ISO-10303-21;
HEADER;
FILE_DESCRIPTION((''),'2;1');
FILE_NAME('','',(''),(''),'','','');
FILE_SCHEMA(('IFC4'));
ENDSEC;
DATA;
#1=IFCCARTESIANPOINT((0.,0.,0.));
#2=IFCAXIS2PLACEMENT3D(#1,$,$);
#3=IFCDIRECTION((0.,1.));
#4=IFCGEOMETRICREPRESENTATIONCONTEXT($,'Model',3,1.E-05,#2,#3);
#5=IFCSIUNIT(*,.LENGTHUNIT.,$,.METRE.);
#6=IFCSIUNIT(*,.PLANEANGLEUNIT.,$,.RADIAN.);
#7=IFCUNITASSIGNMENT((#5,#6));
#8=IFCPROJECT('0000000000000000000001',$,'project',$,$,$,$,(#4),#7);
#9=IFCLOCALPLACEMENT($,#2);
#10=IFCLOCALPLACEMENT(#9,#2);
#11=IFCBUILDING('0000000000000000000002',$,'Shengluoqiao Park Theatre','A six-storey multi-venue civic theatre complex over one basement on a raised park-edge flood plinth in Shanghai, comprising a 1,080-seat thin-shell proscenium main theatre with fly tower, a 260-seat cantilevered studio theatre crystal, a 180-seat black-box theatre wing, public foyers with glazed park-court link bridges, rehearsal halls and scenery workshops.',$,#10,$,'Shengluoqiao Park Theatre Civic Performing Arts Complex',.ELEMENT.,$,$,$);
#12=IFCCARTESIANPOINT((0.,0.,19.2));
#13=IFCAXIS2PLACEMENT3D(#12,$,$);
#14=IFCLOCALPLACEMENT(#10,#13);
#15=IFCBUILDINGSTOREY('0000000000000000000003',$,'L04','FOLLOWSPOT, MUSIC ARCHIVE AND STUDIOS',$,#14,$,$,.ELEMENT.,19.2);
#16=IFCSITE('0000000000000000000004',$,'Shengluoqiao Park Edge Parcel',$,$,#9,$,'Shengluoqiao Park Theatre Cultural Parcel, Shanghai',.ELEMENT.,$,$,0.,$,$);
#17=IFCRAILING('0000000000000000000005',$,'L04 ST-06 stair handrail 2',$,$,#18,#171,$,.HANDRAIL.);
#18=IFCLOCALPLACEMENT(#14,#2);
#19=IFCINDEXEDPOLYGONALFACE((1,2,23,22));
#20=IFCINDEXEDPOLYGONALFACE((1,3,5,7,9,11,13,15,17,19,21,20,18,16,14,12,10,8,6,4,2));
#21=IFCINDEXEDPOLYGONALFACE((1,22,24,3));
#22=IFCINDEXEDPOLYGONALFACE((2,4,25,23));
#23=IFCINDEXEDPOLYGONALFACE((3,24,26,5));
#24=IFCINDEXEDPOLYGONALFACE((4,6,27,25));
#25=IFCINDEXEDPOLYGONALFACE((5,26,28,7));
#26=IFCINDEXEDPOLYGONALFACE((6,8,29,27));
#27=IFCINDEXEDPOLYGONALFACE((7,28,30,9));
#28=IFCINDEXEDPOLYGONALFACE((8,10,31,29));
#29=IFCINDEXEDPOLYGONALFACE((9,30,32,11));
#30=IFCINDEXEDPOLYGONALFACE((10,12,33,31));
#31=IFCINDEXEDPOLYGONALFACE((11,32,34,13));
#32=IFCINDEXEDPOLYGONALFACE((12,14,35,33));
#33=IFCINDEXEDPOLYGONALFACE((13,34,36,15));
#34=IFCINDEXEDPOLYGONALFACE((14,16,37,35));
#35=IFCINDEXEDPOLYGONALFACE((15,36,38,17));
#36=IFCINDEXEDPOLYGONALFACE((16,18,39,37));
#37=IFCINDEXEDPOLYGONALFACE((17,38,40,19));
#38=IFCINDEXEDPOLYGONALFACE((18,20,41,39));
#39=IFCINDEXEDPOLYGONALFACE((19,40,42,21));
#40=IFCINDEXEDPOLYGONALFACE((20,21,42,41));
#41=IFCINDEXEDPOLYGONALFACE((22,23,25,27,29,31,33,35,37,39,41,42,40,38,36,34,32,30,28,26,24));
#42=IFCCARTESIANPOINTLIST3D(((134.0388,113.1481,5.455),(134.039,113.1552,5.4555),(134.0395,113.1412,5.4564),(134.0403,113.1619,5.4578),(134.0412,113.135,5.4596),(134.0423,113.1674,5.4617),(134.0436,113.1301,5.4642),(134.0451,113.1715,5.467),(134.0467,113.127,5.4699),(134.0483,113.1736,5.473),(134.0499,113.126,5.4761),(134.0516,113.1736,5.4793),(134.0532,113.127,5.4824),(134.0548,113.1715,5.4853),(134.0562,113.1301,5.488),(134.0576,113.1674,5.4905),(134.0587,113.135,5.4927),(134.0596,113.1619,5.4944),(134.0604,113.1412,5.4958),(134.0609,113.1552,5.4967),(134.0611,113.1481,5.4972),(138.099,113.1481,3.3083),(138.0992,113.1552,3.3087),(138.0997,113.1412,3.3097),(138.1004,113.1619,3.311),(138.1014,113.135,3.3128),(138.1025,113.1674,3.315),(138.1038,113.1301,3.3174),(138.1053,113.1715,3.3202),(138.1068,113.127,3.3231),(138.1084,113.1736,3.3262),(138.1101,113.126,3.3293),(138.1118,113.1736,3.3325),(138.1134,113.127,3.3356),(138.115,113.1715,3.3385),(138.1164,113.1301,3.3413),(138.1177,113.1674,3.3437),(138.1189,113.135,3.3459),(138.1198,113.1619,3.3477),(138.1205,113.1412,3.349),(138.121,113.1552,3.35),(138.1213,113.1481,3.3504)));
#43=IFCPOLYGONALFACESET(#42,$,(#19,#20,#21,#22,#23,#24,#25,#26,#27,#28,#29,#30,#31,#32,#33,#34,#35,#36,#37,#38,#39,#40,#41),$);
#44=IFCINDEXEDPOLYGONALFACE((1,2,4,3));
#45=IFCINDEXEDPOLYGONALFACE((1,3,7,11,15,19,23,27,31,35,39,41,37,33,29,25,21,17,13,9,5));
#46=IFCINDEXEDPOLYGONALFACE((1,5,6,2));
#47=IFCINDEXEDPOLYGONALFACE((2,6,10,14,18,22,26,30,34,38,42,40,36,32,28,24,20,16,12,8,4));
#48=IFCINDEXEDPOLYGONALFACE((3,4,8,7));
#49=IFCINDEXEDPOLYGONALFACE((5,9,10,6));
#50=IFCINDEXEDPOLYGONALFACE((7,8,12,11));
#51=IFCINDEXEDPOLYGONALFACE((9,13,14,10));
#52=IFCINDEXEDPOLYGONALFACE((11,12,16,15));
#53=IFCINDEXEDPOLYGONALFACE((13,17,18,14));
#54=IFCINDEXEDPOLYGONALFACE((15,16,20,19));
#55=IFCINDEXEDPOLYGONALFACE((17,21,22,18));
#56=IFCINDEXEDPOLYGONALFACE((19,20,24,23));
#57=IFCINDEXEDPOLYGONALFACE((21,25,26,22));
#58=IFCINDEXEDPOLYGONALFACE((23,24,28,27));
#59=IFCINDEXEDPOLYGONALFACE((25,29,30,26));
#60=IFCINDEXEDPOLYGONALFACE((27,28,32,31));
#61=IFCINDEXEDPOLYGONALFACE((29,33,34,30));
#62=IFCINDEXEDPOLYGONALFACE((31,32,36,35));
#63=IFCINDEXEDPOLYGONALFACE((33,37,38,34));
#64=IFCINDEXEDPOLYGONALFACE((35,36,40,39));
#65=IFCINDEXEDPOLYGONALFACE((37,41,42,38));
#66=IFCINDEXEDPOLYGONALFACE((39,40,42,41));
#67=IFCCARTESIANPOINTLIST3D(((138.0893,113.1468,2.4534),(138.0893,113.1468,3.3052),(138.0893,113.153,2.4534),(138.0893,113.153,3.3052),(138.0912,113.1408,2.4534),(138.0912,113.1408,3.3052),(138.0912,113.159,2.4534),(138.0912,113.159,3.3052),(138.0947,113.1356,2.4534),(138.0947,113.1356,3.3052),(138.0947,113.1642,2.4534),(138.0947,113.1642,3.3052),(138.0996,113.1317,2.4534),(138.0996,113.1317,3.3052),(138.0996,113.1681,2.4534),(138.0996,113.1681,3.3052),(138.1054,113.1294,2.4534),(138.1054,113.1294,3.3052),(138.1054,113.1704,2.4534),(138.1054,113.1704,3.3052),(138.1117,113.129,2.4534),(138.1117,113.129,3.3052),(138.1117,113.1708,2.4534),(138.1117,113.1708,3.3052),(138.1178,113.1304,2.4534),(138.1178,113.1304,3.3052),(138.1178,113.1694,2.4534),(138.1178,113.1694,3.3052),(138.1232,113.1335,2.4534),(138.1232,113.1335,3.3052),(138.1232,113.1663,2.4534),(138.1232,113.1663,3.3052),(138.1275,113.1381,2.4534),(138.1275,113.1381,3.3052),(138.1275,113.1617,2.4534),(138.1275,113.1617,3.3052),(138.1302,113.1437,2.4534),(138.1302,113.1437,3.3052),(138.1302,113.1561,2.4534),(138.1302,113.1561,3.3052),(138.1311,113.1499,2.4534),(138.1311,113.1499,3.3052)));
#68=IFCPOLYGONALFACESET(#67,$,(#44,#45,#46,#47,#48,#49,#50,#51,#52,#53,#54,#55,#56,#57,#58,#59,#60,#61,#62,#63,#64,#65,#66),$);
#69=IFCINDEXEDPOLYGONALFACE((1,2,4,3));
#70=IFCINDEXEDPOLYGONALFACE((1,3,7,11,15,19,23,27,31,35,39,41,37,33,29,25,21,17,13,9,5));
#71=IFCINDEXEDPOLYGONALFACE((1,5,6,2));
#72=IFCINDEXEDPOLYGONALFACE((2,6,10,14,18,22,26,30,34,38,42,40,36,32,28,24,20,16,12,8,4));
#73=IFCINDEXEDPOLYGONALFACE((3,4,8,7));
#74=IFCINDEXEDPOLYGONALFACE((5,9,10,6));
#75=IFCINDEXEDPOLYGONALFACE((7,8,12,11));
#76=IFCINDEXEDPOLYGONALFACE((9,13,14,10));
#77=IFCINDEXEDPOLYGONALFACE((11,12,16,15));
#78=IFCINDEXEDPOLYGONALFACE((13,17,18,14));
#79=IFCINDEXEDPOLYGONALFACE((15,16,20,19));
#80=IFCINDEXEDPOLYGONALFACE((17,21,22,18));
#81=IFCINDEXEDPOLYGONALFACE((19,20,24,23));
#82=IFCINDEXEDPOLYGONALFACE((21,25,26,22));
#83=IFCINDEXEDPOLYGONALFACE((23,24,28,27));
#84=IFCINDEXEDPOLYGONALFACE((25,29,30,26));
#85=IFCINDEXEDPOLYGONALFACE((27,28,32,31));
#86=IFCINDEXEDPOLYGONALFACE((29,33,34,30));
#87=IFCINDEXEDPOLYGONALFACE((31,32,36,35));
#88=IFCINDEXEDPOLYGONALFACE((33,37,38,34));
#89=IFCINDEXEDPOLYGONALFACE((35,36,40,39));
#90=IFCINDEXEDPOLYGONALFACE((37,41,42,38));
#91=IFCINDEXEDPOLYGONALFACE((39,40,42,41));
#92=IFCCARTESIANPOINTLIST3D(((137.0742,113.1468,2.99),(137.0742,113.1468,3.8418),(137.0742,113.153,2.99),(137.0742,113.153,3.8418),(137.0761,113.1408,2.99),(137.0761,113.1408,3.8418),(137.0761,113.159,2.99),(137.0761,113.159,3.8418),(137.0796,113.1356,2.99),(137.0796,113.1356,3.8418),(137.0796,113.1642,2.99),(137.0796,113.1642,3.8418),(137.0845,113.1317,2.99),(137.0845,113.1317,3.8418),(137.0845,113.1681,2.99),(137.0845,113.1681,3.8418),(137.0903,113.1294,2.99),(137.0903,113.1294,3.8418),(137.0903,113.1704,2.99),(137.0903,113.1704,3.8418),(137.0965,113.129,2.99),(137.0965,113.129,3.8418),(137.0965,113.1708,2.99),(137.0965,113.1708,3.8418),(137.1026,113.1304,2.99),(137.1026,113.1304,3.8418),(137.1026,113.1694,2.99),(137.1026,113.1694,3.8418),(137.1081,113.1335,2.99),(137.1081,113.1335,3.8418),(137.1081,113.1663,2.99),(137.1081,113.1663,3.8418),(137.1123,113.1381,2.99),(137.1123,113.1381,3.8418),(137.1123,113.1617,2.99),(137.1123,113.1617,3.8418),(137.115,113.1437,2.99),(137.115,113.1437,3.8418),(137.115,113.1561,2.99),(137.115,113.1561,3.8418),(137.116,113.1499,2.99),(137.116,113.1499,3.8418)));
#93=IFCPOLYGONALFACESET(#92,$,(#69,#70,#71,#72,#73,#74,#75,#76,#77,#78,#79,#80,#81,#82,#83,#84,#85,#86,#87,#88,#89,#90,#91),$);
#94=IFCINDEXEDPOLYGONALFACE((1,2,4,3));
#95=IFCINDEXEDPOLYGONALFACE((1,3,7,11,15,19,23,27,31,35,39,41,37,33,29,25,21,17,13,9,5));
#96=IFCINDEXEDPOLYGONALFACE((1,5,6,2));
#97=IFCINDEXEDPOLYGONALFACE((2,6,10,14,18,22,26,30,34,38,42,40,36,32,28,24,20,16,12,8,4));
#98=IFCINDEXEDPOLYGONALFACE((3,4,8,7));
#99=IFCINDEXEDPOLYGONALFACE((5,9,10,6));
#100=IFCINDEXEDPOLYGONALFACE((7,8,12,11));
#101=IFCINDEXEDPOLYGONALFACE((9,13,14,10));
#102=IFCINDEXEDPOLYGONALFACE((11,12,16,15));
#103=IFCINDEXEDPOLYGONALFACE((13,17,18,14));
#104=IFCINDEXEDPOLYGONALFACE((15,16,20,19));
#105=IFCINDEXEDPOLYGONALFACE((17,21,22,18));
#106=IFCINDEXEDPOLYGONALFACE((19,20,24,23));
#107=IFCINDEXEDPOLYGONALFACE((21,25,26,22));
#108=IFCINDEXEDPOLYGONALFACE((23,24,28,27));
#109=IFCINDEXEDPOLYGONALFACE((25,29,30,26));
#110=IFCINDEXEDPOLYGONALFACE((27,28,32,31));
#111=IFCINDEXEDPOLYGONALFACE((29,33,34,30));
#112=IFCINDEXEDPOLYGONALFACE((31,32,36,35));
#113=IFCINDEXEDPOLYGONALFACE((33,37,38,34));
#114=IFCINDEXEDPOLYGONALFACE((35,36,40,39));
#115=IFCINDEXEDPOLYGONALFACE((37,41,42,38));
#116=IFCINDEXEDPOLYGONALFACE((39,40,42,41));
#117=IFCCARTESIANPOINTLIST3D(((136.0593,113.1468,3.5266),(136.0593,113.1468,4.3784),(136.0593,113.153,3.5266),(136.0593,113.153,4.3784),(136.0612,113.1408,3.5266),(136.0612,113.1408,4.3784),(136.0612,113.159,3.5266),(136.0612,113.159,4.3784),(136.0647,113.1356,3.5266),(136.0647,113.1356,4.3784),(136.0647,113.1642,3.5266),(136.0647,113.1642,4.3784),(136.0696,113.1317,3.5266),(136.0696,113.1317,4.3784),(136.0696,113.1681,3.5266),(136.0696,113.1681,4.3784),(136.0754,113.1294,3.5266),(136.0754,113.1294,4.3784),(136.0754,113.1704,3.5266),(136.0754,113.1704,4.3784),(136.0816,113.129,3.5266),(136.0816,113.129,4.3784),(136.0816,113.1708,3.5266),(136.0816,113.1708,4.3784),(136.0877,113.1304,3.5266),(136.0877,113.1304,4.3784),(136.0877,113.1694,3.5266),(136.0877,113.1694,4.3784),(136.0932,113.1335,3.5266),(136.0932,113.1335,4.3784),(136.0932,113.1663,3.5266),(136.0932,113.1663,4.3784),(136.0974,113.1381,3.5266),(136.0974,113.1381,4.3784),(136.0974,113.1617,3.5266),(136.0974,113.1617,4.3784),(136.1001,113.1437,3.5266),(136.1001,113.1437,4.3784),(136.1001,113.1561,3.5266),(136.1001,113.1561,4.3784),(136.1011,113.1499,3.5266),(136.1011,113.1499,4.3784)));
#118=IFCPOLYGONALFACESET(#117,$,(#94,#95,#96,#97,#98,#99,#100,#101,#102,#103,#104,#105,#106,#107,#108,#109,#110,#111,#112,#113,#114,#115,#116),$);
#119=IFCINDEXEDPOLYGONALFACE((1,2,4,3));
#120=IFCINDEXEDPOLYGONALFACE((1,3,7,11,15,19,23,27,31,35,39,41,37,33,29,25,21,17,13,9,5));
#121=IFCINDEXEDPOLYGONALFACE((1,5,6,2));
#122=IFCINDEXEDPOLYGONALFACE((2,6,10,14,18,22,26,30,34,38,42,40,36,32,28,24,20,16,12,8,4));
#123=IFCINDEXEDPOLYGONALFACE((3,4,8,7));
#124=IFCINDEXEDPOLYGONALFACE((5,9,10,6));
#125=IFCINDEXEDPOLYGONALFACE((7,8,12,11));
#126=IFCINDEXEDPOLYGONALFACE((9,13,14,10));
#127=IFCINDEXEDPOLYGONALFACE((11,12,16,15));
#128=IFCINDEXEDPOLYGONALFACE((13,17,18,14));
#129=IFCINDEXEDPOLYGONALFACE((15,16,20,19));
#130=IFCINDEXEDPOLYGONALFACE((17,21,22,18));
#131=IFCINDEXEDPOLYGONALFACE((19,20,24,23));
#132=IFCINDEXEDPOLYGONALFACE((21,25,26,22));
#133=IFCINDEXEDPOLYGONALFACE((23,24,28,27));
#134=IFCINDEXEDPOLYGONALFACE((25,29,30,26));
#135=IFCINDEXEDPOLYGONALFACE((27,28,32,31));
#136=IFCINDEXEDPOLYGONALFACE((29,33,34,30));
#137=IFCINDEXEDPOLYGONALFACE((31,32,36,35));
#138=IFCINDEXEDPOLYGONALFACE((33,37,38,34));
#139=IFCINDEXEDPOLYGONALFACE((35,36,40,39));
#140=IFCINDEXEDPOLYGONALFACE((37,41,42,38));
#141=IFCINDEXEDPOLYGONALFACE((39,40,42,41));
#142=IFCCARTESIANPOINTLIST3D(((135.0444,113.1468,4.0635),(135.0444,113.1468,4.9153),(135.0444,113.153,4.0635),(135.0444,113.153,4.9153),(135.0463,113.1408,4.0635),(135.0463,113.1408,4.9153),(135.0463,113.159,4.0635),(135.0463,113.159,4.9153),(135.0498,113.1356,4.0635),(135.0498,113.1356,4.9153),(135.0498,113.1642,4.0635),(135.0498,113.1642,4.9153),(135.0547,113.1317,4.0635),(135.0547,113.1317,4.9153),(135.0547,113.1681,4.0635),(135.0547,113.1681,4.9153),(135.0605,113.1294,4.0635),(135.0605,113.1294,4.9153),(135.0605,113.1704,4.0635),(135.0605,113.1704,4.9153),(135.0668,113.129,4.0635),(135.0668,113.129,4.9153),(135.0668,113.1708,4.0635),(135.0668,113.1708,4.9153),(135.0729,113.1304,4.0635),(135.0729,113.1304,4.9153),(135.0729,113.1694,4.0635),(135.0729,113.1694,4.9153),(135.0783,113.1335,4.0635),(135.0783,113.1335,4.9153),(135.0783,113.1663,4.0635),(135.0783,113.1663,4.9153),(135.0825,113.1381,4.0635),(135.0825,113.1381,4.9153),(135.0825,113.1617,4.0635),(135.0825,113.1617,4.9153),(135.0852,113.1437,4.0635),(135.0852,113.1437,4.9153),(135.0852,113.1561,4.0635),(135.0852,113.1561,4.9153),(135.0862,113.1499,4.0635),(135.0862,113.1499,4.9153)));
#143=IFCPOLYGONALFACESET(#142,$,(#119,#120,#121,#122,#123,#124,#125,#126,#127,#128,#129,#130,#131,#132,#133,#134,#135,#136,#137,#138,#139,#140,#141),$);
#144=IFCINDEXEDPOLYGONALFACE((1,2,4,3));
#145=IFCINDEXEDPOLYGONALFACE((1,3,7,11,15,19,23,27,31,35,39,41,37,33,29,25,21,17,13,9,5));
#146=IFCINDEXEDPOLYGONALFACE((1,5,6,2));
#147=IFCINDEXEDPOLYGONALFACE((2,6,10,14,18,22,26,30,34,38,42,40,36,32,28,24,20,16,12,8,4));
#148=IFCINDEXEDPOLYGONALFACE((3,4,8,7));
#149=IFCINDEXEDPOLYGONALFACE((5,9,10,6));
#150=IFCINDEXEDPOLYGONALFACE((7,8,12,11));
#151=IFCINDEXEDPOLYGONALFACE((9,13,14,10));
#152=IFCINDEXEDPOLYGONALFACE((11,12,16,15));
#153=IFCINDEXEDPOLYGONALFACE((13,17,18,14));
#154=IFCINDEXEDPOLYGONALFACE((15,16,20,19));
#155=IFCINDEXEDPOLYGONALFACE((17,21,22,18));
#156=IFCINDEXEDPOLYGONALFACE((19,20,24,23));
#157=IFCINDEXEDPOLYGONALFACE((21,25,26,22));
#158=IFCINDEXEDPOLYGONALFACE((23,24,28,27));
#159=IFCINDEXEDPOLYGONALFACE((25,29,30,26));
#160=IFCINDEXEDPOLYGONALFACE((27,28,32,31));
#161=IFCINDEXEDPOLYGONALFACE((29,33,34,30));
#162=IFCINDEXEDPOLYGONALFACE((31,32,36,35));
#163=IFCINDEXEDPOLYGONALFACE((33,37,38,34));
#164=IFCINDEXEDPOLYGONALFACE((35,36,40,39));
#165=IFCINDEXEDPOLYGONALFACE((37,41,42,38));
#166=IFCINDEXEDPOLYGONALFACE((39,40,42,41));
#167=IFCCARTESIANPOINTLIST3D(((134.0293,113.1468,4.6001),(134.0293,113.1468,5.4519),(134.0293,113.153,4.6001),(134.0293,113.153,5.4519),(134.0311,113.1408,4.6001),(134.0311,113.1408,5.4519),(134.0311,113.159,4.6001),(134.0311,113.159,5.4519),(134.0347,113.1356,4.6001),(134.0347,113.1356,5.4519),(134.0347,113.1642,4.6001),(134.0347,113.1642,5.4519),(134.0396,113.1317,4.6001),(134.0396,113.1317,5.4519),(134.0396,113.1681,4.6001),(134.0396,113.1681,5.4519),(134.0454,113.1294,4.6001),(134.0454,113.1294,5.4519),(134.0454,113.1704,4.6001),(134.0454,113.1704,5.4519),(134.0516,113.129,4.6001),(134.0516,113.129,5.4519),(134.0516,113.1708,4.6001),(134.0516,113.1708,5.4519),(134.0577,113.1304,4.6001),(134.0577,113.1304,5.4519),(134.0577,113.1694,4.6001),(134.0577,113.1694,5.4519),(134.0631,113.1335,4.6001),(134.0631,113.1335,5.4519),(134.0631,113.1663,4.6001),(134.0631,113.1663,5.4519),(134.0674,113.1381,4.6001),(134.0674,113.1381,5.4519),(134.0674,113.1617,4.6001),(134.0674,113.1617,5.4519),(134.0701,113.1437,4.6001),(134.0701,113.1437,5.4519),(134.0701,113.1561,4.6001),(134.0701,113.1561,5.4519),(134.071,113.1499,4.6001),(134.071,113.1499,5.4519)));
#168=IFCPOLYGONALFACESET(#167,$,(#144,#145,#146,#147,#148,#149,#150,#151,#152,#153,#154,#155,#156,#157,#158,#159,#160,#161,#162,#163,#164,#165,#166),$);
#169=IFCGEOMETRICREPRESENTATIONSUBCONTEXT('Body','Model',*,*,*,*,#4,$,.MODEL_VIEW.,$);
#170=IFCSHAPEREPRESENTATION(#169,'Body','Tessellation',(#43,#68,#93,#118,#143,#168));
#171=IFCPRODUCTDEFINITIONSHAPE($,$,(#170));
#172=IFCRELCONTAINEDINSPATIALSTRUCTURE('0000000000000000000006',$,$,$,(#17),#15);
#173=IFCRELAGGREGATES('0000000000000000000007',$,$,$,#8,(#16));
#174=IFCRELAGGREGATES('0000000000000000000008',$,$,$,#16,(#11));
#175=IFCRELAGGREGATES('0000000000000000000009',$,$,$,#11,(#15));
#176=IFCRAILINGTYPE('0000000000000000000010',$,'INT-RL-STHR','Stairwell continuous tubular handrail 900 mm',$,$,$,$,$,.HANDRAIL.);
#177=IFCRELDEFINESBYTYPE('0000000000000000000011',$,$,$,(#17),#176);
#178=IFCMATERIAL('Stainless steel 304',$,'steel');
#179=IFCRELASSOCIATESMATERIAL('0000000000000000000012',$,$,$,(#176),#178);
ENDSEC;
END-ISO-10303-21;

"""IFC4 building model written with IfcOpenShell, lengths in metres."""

from ifc_helpers import new_model, si_unit, direction, frame, origin, origin_2d, place, context, subcontext, project, spatial, circle, extrude, material, type_object, element, save


model = new_model("IFC4")

# Units and contexts
model_context = context("Model", 3, precision=1e-05, world=origin(), true_north=direction((0.0, 1.0)))
body_context = subcontext(model_context, "Body", "Model", "MODEL_VIEW")
ifc_project = project(units=[si_unit("LENGTHUNIT", "METRE"), si_unit("PLANEANGLEUNIT", "RADIAN")], contexts=[model_context])

# Site, building, storey
site_placement = place(None, origin())
site = spatial("IfcSite", under=ifc_project, at=site_placement, Name="Shengluoqiao Park Edge Parcel", LongName="Shengluoqiao Park Theatre Cultural Parcel, Shanghai", CompositionType="ELEMENT", RefElevation=0.0)
building_placement = place(site_placement, origin())
building = spatial("IfcBuilding", under=site, at=building_placement, Name="Shengluoqiao Park Theatre", Description="A six-storey multi-venue civic theatre complex over one basement on a raised park-edge flood plinth in Shanghai, comprising a 1,080-seat thin-shell proscenium main theatre with fly tower, a 260-seat cantilevered studio theatre crystal, a 180-seat black-box theatre wing, public foyers with glazed park-court link bridges, rehearsal halls and scenery workshops.", LongName="Shengluoqiao Park Theatre Civic Performing Arts Complex", CompositionType="ELEMENT")
storey_placement = place(building_placement, frame((0.0, 0.0, 19.2)))
storey = spatial("IfcBuildingStorey", under=building, at=storey_placement, Name="L04", Description="FOLLOWSPOT, MUSIC ARCHIVE AND STUDIOS", CompositionType="ELEMENT", Elevation=19.2)

# Railing
ifc_material_1 = material(Name="Stainless steel 304", Category="steel")
railing_type_1 = type_object("IfcRailingType", Name="INT-RL-STHR", Description="Stairwell continuous tubular handrail 900 mm", PredefinedType="HANDRAIL", material=ifc_material_1)
railing_1_placement = place(storey_placement, frame((138.1101, 113.1499, 2.4534)))
element("IfcRailing", 1, at=railing_1_placement, inside=storey, type_object=railing_type_1, Name="L04 ST-06 stair handrail 2", PredefinedType="HANDRAIL", context=body_context, shape_type="SweptSolid", body=[
    extrude(circle(Radius=0.0239, at=origin_2d()), frame((0.0, 0.0, 0.876), z_axis=(-0.884032, 0.0, 0.467426), x_axis=(0.0, -1.0, 0.0)), (0.0, 0.0, 1.0), 4.5928),
    extrude(circle(Radius=0.021, at=origin_2d()), origin(), (0.0, 0.0, 1.0), 0.8518),
    extrude(circle(Radius=0.021, at=origin_2d()), frame((-1.0151, 0.0, 0.5366)), (0.0, 0.0, 1.0), 0.8518),
    extrude(circle(Radius=0.021, at=origin_2d()), frame((-2.03, 0.0, 1.0732)), (0.0, 0.0, 1.0), 0.8518),
    extrude(circle(Radius=0.021, at=origin_2d()), frame((-3.0449, 0.0, 1.6101)), (0.0, 0.0, 1.0), 0.8518),
    extrude(circle(Radius=0.021, at=origin_2d()), frame((-4.0601, 0.0, 2.1467)), (0.0, 0.0, 1.0), 0.8518),
])

save(model, "model.ifc")
